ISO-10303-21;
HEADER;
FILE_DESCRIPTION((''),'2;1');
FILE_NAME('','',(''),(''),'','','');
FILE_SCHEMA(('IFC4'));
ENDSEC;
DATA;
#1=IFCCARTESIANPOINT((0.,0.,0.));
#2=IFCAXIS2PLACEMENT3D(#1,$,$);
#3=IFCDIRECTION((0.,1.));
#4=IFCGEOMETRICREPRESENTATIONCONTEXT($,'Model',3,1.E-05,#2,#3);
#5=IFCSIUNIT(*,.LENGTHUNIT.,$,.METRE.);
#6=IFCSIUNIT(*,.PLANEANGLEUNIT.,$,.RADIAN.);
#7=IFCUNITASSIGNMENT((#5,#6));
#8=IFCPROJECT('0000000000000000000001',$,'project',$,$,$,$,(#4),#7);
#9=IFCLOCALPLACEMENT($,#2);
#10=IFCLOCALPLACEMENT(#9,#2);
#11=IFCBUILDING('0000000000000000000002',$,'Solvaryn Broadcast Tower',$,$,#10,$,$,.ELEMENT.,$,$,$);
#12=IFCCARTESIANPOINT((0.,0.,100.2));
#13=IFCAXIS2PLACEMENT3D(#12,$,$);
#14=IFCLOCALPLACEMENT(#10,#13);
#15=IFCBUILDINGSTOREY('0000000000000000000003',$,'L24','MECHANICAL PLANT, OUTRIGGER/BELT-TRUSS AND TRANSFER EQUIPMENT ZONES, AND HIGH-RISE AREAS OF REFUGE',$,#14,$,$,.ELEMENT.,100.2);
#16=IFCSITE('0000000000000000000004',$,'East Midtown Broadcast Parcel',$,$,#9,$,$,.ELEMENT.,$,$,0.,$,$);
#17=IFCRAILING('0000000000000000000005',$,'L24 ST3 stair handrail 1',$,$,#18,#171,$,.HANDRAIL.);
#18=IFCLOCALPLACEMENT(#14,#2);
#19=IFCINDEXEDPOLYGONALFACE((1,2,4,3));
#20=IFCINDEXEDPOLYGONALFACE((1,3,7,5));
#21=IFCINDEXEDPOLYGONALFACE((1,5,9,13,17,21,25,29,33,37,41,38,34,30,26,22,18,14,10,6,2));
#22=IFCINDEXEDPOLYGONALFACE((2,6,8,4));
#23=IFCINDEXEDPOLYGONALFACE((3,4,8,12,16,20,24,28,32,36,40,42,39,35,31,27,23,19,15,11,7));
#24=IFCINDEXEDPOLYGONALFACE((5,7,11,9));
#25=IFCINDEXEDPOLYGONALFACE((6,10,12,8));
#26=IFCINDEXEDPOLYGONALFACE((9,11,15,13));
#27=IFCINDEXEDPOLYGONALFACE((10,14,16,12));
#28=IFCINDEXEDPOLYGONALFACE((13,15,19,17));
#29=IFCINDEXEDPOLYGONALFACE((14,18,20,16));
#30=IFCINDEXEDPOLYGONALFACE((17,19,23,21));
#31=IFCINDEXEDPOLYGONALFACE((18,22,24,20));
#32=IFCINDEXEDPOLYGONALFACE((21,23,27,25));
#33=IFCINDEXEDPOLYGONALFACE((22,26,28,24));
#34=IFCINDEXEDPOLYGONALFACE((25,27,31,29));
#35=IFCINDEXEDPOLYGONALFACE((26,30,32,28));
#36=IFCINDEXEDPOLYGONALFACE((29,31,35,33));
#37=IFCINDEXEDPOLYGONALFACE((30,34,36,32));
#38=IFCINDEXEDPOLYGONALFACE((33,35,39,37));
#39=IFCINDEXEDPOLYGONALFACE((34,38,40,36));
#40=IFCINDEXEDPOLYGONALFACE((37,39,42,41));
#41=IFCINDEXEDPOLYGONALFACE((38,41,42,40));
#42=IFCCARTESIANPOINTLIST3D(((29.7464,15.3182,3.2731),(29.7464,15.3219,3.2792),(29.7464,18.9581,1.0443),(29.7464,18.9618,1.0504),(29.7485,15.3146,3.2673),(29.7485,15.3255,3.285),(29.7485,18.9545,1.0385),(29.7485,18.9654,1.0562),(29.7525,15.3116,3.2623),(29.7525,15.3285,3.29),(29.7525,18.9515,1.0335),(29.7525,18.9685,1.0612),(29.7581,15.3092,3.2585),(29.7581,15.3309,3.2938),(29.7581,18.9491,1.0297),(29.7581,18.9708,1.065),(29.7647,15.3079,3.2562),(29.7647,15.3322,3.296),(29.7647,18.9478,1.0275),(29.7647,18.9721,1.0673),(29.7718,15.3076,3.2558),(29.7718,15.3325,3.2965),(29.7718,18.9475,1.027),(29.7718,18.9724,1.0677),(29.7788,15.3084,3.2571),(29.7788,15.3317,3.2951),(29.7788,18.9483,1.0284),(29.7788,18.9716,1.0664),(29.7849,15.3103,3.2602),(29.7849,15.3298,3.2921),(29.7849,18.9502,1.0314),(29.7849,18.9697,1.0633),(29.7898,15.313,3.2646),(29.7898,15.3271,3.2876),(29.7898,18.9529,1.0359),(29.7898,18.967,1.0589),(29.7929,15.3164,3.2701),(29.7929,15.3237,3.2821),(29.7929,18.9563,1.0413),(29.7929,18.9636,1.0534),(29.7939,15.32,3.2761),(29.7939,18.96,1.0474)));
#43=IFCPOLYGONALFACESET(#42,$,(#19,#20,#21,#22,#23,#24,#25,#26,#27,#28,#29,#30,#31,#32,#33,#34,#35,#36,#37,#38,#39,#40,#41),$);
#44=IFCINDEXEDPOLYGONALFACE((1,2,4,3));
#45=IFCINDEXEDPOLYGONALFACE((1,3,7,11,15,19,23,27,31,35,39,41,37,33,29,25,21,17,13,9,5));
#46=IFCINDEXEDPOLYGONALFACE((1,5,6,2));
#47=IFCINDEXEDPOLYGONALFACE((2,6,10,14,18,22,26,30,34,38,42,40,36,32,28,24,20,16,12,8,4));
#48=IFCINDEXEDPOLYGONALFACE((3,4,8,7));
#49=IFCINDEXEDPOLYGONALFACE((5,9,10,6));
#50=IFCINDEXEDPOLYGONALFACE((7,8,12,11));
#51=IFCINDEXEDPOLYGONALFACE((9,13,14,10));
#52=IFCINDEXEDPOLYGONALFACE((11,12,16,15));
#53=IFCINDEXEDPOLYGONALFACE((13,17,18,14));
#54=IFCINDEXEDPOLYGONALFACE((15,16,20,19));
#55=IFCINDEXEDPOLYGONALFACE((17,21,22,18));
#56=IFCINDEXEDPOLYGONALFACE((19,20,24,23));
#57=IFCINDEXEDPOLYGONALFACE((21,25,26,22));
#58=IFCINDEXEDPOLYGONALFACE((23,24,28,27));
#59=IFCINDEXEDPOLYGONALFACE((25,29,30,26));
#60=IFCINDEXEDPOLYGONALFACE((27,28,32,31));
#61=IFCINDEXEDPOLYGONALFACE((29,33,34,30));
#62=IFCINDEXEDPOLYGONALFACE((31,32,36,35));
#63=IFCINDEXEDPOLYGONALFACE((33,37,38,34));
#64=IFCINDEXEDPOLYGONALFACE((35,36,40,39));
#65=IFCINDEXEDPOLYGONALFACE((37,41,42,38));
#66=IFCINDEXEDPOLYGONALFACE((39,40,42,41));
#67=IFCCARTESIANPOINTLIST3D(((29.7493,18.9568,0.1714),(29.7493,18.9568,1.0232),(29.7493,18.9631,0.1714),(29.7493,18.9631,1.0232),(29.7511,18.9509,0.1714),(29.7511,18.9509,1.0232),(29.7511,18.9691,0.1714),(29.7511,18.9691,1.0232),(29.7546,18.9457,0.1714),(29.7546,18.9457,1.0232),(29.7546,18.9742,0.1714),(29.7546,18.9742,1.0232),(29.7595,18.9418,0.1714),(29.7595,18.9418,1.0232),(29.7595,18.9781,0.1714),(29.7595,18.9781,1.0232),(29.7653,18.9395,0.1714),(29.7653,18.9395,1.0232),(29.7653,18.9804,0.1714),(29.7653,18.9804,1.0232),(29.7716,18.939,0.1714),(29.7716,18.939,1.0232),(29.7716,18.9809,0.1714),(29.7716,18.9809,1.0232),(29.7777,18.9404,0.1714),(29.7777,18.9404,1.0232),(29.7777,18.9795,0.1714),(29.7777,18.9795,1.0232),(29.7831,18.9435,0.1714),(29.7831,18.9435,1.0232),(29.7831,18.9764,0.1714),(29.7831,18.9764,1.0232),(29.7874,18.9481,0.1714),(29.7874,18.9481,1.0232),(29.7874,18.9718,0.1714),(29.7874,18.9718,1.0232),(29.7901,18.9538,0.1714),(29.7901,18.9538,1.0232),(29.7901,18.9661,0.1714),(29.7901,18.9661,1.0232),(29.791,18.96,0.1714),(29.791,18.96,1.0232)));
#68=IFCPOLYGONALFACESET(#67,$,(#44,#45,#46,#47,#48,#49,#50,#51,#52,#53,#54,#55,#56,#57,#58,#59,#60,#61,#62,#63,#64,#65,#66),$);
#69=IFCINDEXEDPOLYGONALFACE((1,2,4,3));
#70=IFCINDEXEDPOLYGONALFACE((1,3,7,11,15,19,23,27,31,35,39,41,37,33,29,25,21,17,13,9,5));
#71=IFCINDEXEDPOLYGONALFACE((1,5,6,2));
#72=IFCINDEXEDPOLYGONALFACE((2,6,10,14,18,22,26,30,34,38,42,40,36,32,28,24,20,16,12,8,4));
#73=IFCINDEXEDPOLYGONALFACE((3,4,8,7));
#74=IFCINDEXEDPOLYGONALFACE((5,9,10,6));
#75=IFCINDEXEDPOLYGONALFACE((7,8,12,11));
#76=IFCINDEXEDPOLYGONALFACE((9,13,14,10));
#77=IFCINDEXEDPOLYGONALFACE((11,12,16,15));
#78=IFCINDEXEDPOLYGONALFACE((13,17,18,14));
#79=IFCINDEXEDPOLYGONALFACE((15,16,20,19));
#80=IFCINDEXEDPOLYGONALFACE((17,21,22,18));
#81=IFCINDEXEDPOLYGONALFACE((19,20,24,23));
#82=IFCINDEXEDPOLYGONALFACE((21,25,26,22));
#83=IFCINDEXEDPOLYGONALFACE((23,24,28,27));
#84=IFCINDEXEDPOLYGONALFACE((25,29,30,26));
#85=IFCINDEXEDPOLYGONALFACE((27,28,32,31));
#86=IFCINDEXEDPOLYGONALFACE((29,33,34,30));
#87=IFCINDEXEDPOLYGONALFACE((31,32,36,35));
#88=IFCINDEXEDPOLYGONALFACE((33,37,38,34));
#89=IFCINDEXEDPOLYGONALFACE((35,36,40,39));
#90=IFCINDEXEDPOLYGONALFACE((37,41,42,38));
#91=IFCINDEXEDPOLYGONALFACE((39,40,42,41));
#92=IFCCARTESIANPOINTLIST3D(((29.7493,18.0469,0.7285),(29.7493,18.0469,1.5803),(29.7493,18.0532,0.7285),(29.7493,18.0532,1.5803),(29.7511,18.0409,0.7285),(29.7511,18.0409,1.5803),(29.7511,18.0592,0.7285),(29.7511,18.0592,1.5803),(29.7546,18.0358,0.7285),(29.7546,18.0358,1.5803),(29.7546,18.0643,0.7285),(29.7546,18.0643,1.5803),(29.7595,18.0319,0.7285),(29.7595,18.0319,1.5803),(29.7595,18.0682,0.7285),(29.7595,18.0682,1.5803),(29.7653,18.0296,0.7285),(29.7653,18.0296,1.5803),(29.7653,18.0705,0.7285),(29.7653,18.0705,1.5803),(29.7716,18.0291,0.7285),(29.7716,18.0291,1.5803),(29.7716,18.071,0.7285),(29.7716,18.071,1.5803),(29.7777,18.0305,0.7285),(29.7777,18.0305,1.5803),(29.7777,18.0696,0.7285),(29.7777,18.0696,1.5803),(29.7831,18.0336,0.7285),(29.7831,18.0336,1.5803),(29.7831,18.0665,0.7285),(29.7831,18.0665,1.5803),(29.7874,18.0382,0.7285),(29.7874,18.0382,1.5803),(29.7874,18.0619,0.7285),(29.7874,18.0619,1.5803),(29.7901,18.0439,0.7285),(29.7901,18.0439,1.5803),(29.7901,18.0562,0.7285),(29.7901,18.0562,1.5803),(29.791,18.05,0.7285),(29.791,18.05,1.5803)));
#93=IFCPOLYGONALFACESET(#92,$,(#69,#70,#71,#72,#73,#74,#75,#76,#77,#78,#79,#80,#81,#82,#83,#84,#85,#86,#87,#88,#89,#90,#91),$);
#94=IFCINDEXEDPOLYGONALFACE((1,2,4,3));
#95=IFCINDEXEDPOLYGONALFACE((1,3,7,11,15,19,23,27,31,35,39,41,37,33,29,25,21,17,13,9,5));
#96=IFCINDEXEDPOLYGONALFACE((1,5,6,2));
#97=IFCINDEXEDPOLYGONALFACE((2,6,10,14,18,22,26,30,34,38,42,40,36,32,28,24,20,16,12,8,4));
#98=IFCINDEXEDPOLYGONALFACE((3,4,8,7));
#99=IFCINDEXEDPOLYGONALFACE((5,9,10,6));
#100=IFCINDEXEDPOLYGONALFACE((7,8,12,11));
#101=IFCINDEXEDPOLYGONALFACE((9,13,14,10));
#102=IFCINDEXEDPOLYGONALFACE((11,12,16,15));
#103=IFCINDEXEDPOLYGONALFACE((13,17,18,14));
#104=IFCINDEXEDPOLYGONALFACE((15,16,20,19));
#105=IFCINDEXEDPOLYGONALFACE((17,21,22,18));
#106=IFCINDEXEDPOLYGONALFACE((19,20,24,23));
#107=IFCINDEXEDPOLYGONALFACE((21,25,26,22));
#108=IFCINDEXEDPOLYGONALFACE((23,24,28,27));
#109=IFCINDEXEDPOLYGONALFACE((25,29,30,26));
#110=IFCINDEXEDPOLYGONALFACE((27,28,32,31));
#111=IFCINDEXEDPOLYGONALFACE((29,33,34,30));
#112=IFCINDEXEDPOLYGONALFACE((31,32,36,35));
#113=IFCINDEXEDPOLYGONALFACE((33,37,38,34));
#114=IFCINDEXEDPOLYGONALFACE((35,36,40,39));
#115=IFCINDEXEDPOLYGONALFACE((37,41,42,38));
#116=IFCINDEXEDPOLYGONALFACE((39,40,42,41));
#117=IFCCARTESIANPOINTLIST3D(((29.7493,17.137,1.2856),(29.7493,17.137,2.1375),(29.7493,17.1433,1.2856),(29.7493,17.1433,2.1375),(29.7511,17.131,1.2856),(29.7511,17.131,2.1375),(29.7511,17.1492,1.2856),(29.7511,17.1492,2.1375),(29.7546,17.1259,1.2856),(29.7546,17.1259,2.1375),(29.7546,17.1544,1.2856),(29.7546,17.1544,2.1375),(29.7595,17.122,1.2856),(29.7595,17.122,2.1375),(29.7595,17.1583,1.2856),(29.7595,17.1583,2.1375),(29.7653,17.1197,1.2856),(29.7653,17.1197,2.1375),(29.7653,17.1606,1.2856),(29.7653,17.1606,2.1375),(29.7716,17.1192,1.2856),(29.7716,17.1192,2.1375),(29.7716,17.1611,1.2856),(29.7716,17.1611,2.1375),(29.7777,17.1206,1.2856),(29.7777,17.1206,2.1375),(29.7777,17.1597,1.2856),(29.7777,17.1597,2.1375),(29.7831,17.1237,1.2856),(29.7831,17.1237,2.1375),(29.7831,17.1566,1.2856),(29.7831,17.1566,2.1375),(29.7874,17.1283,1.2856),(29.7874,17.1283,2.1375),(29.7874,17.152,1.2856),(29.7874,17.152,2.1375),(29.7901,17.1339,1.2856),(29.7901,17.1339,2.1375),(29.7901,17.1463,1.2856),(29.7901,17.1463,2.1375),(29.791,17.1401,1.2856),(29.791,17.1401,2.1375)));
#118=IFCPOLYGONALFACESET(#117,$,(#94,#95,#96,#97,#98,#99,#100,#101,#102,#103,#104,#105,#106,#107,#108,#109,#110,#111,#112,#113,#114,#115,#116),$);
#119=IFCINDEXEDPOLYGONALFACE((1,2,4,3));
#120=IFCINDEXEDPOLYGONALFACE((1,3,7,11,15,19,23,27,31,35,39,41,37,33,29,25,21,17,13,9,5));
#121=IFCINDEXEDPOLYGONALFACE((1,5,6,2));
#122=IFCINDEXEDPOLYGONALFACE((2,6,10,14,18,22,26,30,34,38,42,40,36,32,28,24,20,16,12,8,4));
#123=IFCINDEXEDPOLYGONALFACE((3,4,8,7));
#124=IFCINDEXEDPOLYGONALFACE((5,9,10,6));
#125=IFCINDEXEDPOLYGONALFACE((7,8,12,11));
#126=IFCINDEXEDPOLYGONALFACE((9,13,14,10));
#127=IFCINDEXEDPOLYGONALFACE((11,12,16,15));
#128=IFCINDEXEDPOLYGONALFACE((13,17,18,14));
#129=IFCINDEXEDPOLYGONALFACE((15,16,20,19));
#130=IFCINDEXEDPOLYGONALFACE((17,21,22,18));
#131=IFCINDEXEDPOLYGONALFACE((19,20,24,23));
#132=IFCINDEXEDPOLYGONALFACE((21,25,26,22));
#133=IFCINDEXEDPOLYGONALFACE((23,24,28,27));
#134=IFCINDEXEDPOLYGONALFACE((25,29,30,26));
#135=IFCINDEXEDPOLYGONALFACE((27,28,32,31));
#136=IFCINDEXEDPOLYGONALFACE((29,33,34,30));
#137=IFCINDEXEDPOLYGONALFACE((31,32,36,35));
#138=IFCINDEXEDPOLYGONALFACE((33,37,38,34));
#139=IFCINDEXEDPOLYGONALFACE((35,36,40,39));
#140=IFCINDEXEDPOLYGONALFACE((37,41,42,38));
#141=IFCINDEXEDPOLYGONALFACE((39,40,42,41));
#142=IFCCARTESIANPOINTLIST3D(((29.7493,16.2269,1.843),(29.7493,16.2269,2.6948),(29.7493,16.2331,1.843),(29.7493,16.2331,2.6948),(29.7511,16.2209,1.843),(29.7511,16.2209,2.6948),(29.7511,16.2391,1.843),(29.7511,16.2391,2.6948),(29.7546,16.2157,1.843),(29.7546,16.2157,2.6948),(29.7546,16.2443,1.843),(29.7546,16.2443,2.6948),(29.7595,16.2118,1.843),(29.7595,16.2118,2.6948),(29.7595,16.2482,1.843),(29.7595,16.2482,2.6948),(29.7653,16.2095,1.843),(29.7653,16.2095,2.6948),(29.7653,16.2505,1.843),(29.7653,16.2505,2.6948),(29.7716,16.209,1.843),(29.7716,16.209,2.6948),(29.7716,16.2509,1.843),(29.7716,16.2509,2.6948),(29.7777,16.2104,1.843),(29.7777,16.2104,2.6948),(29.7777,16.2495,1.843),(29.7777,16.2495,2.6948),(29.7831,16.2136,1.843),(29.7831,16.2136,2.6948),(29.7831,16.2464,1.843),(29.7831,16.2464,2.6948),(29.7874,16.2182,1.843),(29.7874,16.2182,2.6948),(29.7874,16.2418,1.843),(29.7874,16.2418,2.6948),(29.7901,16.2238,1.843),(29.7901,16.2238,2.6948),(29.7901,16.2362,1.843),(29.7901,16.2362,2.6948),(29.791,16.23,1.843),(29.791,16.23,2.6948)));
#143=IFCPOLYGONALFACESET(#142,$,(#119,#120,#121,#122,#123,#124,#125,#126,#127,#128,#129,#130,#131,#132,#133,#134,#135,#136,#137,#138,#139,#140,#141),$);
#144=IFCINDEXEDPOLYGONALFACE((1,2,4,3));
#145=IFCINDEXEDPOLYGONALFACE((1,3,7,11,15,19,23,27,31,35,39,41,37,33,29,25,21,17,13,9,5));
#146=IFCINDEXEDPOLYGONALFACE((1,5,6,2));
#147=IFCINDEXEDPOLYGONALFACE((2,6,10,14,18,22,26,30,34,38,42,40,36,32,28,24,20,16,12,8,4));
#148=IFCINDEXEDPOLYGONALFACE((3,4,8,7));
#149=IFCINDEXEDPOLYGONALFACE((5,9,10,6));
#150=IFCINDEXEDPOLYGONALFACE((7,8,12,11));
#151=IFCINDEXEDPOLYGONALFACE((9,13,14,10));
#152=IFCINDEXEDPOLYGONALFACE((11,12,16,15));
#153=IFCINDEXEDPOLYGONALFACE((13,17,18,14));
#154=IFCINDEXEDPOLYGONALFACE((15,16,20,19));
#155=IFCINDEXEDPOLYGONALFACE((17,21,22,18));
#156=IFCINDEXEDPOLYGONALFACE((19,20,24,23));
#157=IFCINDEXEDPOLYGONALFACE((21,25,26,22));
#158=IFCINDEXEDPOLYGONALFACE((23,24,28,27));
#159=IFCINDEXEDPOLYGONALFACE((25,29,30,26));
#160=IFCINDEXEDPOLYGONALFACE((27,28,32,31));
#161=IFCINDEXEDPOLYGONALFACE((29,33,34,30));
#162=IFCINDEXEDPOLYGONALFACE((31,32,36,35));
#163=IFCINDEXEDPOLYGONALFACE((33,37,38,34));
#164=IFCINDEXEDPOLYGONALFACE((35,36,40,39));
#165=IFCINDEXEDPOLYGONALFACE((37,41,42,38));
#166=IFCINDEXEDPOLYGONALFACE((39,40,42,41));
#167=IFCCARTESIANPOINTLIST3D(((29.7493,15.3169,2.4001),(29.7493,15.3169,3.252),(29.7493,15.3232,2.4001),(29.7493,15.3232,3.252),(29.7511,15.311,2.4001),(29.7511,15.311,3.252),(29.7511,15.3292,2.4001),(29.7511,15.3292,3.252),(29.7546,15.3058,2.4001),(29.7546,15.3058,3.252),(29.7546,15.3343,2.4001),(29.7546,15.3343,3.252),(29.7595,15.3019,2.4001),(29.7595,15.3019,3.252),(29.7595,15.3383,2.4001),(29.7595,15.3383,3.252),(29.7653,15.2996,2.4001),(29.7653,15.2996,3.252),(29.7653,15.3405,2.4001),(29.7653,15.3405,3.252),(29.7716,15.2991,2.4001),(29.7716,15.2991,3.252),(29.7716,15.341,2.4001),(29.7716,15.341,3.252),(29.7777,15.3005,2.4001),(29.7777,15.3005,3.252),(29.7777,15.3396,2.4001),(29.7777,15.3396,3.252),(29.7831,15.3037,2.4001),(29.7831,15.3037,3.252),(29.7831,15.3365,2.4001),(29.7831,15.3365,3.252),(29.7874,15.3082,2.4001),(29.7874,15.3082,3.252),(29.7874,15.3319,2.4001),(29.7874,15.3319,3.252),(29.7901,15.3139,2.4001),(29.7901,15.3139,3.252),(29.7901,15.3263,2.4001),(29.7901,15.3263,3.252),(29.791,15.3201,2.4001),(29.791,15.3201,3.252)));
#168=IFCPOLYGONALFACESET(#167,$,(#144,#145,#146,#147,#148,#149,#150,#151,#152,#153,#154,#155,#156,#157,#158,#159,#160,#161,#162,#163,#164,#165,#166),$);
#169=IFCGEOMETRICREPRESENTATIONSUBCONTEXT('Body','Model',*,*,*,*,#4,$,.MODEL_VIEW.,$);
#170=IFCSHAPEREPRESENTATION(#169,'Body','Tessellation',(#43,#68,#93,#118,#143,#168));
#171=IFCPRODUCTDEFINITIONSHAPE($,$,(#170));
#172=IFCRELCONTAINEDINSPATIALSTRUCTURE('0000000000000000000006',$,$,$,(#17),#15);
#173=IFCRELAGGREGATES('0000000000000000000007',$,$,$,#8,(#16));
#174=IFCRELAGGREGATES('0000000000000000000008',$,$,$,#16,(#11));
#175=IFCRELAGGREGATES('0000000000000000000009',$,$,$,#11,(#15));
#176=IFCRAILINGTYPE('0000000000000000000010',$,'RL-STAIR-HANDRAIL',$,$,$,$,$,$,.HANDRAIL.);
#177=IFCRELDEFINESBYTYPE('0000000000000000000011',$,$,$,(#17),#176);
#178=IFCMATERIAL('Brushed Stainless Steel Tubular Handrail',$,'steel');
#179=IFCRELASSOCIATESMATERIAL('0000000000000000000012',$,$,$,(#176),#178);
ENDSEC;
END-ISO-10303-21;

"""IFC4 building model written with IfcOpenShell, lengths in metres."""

from ifc_helpers import new_model, si_unit, direction, frame, origin, origin_2d, place, context, subcontext, project, spatial, circle, extrude, material, type_object, element, save


model = new_model("IFC4")

# Units and contexts
model_context = context("Model", 3, precision=1e-05, world=origin(), true_north=direction((0.0, 1.0)))
body_context = subcontext(model_context, "Body", "Model", "MODEL_VIEW")
ifc_project = project(units=[si_unit("LENGTHUNIT", "METRE"), si_unit("PLANEANGLEUNIT", "RADIAN")], contexts=[model_context])

# Site, building, storey
site_placement = place(None, origin())
site = spatial("IfcSite", under=ifc_project, at=site_placement, Name="East Midtown Broadcast Parcel", CompositionType="ELEMENT", RefElevation=0.0)
building_placement = place(site_placement, origin())
building = spatial("IfcBuilding", under=site, at=building_placement, Name="Solvaryn Broadcast Tower", CompositionType="ELEMENT")
storey_placement = place(building_placement, frame((0.0, 0.0, 100.2)))
storey = spatial("IfcBuildingStorey", under=building, at=storey_placement, Name="L24", Description="MECHANICAL PLANT, OUTRIGGER/BELT-TRUSS AND TRANSFER EQUIPMENT ZONES, AND HIGH-RISE AREAS OF REFUGE", CompositionType="ELEMENT", Elevation=100.2)

# Railing
ifc_material_1 = material(Name="Brushed Stainless Steel Tubular Handrail", Category="steel")
railing_type_1 = type_object("IfcRailingType", Name="RL-STAIR-HANDRAIL", PredefinedType="HANDRAIL", material=ifc_material_1)
railing_1_placement = place(storey_placement, frame((29.77, 18.96, 0.1714)))
element("IfcRailing", 1, at=railing_1_placement, inside=storey, type_object=railing_type_1, Name="L24 ST3 stair handrail 1", PredefinedType="HANDRAIL", context=body_context, shape_type="SweptSolid", body=[
    extrude(circle(Radius=0.0239, at=origin_2d()), frame((0.0, 0.0, 0.876), z_axis=(0.0, -0.852825, 0.522197), x_axis=(1.0, 0.0, 0.0)), (0.0, 0.0, 1.0), 4.2681),
    extrude(circle(Radius=0.021, at=origin_2d()), origin(), (0.0, 0.0, 1.0), 0.8518),
    extrude(circle(Radius=0.021, at=origin_2d()), frame((0.0, -0.9099, 0.5571)), (0.0, 0.0, 1.0), 0.8518),
    extrude(circle(Radius=0.021, at=origin_2d()), frame((0.0, -1.8198, 1.1143)), (0.0, 0.0, 1.0), 0.8518),
    extrude(circle(Radius=0.021, at=origin_2d()), frame((0.0, -2.73, 1.6716)), (0.0, 0.0, 1.0), 0.8518),
    extrude(circle(Radius=0.021, at=origin_2d()), frame((0.0, -3.6399, 2.2288)), (0.0, 0.0, 1.0), 0.8518),
])

save(model, "model.ifc")
